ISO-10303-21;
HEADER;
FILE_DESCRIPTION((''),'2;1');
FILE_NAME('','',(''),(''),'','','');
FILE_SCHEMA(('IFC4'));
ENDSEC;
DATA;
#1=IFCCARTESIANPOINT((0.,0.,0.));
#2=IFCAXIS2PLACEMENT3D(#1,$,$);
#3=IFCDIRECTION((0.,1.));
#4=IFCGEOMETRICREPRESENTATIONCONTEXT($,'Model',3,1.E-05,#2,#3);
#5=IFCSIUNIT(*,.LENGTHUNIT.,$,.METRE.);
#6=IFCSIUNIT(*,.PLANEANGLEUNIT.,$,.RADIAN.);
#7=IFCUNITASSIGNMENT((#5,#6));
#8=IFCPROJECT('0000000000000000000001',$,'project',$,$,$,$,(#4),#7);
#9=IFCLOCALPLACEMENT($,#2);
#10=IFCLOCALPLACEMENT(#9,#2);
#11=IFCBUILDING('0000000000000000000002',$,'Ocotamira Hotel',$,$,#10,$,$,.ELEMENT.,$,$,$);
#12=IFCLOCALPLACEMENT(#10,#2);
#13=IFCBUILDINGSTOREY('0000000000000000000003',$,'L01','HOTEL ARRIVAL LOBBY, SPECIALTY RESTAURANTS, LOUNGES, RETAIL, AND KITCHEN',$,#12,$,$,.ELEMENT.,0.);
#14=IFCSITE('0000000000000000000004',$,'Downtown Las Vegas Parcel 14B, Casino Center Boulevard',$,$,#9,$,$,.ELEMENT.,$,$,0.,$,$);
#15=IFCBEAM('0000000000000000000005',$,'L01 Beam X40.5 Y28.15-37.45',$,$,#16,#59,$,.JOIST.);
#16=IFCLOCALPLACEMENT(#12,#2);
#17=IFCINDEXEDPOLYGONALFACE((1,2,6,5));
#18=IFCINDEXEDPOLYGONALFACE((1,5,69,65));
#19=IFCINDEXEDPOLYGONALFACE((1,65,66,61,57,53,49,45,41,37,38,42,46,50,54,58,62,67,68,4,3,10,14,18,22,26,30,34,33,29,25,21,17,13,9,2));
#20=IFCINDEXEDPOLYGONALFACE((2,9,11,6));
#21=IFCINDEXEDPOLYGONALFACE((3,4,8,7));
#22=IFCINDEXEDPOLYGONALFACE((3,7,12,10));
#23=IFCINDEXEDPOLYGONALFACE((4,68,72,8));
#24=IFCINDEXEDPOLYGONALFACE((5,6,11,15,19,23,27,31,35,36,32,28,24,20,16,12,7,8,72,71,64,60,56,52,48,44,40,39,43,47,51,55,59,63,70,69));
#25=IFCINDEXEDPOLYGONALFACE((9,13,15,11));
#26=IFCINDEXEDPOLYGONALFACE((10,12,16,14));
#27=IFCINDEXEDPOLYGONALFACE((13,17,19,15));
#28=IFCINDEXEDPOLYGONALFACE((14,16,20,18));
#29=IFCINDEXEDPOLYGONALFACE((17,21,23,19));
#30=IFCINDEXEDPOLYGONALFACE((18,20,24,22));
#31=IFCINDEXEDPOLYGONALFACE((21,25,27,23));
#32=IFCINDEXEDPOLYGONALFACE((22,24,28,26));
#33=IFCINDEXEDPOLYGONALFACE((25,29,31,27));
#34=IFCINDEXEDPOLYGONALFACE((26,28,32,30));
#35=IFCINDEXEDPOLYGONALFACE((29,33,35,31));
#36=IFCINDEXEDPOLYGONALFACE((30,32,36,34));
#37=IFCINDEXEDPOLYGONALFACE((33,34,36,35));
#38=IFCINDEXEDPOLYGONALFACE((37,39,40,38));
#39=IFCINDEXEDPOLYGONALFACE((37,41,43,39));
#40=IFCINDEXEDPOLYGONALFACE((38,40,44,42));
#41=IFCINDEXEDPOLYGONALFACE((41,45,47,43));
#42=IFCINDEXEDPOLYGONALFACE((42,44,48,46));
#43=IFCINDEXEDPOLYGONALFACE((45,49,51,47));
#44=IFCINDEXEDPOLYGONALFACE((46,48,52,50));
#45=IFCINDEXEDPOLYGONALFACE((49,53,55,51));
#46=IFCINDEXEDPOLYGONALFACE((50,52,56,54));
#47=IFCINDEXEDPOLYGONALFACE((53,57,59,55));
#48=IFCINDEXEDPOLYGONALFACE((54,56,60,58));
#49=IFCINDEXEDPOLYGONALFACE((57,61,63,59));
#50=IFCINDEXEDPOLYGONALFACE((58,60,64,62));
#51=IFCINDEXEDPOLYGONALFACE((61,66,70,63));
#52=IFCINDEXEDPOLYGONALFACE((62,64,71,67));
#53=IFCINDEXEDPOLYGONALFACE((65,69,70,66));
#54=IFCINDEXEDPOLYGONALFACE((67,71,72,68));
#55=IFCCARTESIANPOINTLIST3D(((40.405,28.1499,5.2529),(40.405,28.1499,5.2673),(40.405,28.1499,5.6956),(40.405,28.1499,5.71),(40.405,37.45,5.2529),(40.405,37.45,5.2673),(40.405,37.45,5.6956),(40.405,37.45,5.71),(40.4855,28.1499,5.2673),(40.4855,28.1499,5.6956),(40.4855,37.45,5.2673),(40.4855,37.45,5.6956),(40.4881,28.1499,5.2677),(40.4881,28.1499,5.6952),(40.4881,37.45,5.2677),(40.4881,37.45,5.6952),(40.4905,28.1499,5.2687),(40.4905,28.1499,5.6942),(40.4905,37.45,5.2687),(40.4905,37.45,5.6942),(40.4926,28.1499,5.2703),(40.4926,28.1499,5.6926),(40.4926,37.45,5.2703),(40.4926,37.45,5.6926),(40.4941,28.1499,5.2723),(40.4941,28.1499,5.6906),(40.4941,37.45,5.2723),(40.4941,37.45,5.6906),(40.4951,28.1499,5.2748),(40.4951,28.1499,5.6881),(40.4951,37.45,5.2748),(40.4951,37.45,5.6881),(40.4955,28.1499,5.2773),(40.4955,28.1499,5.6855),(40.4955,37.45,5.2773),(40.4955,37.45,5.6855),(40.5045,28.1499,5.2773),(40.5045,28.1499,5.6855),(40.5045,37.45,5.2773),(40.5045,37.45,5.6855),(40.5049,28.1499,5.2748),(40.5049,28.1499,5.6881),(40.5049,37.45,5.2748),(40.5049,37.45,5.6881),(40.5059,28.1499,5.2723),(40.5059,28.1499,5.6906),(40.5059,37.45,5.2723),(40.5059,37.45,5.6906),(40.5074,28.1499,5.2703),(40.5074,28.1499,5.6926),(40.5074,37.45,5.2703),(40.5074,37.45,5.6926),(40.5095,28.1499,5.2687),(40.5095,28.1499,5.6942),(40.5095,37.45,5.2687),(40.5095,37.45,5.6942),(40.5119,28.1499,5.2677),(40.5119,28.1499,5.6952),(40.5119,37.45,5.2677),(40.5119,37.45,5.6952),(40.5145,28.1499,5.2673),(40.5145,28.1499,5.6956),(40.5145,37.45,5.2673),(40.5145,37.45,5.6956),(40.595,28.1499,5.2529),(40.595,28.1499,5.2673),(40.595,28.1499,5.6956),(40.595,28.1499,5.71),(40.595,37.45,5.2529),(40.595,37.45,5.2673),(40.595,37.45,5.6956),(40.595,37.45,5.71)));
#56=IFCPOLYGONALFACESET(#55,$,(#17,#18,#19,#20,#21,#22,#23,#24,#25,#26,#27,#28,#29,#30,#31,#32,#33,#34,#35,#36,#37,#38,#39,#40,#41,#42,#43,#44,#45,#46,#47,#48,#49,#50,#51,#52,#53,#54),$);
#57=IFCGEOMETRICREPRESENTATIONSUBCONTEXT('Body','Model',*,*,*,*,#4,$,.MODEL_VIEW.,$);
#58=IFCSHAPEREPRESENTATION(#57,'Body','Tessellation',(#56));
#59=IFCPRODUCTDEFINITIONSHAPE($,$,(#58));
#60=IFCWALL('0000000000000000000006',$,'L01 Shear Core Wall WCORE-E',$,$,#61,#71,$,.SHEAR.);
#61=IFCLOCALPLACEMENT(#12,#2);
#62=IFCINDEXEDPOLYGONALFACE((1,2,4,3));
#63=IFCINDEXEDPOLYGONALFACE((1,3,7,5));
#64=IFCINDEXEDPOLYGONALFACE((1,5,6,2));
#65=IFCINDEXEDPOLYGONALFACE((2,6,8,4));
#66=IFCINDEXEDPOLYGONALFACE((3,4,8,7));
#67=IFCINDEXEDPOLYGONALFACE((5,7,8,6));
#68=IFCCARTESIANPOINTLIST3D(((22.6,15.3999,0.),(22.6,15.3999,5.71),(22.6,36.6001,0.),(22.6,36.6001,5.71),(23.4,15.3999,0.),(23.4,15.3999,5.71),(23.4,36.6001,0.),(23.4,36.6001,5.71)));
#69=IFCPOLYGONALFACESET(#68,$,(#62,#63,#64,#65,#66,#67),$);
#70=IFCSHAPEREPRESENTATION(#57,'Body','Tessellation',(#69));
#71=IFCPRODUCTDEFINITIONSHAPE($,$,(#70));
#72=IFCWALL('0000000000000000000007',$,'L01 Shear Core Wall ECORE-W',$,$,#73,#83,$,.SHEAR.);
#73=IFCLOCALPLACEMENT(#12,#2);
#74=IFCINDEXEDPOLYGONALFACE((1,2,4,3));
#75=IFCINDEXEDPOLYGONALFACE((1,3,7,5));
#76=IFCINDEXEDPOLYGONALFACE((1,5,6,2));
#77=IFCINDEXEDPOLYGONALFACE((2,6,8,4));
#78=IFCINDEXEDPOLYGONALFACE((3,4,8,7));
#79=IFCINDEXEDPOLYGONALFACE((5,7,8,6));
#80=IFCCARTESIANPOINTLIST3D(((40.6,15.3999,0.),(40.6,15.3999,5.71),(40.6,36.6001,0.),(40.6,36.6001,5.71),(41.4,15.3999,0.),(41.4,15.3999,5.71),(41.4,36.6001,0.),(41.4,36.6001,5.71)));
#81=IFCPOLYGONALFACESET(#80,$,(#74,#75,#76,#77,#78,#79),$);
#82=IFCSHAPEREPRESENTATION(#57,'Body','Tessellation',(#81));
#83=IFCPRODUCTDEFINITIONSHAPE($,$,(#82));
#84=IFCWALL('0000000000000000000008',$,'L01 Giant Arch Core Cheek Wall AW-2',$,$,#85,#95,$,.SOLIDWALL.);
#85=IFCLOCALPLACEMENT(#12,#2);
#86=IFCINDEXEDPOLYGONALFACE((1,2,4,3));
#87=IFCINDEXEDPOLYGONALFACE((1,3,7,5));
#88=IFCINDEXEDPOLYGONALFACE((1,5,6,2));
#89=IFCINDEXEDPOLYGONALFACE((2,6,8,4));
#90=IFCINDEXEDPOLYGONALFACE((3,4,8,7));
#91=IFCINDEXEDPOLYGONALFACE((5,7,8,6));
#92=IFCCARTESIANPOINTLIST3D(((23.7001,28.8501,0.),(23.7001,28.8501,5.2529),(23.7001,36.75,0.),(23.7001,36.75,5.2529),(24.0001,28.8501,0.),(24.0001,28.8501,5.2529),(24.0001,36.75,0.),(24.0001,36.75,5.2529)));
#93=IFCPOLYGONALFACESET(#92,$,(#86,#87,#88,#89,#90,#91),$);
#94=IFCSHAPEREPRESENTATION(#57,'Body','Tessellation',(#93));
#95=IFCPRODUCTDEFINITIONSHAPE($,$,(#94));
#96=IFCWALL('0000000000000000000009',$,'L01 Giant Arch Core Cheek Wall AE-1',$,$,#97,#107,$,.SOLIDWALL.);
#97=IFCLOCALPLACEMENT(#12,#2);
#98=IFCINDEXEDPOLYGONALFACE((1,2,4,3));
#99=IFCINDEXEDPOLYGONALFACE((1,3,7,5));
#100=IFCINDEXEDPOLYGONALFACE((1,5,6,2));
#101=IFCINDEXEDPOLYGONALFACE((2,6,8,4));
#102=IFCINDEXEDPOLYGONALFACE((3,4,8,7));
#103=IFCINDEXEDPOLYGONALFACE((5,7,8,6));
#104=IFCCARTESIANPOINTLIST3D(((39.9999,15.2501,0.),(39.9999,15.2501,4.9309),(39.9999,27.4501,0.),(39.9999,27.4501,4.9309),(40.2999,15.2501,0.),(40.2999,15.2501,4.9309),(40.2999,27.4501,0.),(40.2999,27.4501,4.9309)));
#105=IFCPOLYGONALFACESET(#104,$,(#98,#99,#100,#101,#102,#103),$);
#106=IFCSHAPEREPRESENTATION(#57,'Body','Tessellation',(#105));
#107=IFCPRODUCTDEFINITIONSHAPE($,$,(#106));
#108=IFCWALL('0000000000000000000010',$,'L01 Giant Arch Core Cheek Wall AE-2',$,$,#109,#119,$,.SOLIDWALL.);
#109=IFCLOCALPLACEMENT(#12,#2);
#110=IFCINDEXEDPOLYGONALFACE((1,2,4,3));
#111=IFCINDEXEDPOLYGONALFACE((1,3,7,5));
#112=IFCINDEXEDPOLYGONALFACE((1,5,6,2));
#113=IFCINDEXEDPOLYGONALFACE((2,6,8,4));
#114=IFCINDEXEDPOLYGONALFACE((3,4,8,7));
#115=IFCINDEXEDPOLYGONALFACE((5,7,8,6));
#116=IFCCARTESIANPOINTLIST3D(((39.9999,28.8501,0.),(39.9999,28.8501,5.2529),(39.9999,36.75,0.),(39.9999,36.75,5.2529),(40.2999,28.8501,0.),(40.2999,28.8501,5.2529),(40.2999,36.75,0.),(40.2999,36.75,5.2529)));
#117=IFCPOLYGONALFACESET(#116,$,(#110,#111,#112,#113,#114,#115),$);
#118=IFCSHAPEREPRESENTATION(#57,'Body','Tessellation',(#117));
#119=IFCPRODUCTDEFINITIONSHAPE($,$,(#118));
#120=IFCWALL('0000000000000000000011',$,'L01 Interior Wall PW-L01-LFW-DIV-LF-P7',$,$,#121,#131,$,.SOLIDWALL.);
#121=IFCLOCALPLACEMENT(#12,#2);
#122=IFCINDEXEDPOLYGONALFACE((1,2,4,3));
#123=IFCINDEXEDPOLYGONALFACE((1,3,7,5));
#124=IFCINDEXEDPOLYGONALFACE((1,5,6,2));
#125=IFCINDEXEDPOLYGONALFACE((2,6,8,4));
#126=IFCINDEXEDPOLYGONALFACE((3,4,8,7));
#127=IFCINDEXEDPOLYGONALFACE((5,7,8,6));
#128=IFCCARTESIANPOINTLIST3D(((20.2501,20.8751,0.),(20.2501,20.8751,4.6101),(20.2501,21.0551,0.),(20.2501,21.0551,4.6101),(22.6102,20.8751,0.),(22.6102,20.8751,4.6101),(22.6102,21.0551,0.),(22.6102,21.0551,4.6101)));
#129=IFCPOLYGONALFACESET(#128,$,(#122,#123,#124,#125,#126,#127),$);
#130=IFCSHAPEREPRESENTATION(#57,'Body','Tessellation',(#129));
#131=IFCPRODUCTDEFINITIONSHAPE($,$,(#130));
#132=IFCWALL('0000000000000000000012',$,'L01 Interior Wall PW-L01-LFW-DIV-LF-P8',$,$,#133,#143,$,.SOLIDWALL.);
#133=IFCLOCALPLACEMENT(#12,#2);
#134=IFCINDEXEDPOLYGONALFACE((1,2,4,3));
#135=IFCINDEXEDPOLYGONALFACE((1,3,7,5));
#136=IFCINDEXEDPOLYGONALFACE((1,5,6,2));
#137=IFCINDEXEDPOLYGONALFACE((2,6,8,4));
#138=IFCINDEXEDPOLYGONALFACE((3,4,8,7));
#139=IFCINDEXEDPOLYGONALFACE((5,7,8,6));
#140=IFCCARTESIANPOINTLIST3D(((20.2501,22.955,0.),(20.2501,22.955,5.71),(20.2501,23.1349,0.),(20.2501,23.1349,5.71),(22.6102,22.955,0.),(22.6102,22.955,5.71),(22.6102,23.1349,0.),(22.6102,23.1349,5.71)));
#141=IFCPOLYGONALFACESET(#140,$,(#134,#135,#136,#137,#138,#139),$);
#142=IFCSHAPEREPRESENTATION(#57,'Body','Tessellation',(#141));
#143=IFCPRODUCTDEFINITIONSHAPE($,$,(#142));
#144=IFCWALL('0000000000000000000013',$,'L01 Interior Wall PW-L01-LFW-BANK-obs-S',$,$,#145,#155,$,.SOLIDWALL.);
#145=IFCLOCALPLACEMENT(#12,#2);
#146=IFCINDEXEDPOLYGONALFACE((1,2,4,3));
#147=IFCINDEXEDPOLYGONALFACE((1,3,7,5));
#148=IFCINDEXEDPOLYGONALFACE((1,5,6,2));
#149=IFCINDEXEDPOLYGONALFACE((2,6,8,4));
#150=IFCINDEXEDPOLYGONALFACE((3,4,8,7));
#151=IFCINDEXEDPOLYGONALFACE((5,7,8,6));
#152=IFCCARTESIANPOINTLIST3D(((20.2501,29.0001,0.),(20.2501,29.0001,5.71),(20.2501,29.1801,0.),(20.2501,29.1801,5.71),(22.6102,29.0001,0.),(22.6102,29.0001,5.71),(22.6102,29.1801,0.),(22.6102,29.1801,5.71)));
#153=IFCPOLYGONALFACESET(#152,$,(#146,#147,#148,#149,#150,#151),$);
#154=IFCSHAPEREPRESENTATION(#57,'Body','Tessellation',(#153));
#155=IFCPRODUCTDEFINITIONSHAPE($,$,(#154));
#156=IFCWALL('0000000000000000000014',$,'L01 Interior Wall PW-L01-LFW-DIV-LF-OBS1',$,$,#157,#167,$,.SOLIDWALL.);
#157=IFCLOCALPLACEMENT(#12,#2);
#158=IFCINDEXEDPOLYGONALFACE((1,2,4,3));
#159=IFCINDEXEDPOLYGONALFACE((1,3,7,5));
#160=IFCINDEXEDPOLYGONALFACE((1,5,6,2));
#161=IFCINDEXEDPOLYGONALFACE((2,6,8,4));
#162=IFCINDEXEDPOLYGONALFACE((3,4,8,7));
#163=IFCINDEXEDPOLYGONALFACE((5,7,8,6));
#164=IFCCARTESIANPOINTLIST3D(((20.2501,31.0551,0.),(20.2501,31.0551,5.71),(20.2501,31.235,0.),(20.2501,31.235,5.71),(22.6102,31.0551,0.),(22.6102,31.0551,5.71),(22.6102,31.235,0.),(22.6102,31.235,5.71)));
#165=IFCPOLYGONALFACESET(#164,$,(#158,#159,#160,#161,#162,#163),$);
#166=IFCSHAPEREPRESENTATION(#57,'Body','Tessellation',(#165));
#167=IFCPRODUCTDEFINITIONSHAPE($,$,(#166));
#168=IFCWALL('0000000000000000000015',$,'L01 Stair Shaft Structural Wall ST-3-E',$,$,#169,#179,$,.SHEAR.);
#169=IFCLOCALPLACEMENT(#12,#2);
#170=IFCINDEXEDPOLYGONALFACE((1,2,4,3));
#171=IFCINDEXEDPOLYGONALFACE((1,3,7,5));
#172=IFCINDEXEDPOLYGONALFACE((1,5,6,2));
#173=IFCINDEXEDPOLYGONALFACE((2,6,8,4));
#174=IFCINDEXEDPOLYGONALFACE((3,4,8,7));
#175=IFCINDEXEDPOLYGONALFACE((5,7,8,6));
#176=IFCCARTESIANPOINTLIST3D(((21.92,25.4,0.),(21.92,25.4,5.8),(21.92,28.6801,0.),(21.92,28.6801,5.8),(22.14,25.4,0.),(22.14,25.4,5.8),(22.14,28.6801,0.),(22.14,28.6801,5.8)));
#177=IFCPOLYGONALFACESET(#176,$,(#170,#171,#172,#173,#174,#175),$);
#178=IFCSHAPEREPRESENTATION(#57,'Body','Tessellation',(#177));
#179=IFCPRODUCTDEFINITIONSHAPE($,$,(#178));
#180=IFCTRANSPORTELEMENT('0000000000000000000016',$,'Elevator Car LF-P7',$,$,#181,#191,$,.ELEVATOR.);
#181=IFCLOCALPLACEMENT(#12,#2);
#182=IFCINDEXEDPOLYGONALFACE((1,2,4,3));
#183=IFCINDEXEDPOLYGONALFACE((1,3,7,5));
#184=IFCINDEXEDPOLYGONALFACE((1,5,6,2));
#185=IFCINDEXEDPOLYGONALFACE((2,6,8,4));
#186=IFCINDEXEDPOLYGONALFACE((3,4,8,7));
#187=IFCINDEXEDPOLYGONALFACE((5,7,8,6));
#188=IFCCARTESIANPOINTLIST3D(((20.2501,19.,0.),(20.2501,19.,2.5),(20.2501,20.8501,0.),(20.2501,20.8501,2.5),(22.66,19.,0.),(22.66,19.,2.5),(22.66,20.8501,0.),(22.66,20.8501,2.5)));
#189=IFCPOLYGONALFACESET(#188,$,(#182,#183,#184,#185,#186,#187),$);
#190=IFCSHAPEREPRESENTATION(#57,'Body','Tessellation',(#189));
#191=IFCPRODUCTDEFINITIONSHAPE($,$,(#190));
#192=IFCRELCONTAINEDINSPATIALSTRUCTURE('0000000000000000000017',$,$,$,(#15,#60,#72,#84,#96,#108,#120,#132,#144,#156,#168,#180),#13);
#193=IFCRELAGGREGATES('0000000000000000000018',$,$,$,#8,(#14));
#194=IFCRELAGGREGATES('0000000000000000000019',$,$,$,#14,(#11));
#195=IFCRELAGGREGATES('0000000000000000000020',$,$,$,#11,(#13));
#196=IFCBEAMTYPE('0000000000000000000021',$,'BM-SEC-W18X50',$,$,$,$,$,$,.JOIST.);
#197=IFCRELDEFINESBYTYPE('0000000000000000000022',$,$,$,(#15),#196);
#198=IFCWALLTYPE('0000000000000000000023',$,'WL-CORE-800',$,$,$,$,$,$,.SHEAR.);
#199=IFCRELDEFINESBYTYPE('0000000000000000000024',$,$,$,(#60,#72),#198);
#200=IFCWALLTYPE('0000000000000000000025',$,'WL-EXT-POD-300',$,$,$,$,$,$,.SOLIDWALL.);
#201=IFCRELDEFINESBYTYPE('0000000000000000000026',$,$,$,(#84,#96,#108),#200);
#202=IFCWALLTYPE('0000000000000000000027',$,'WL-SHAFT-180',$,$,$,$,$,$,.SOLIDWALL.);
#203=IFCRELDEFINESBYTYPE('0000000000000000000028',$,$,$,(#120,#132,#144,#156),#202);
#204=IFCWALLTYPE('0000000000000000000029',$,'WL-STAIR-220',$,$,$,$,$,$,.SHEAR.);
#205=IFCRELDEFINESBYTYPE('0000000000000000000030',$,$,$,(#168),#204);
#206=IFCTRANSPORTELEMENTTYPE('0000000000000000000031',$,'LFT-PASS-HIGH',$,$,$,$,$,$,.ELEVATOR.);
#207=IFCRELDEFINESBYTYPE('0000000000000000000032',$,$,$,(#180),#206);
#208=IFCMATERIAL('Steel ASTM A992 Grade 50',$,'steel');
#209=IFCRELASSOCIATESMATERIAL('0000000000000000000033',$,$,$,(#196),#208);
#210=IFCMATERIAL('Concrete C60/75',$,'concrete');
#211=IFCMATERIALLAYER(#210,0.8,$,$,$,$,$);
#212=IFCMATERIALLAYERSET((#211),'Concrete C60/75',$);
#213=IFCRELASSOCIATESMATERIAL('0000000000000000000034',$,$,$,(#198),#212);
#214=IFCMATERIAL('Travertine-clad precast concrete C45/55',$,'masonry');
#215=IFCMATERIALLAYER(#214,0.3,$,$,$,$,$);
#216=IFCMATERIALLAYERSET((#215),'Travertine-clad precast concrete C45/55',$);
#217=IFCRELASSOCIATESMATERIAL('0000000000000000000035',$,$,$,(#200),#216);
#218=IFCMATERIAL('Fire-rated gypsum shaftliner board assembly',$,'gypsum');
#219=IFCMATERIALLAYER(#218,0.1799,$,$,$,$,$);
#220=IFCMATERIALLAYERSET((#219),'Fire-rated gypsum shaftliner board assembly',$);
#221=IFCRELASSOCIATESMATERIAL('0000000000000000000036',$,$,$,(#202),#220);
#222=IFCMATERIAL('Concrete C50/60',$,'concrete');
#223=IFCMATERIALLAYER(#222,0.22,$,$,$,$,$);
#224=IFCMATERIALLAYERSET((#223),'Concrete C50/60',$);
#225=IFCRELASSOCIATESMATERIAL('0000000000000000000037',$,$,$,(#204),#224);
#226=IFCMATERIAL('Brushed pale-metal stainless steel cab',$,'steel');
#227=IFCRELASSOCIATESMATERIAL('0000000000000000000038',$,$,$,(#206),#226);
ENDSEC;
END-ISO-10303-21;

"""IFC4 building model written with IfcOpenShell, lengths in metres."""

from ifc_helpers import new_model, si_unit, direction, frame, frame_2d, origin, origin_2d, place, context, subcontext, project, spatial, rectangle, i_section, extrude, source, transform, mapped, material, layer, layer_set, material_profile, profile_set, type_object, element, save


model = new_model("IFC4")

# Units and contexts
model_context = context("Model", 3, precision=1e-05, world=origin(), true_north=direction((0.0, 1.0)))
body_context = subcontext(model_context, "Body", "Model", "MODEL_VIEW")
ifc_project = project(units=[si_unit("LENGTHUNIT", "METRE"), si_unit("PLANEANGLEUNIT", "RADIAN")], contexts=[model_context])

# Site, building, storey
site_placement = place(None, origin())
site = spatial("IfcSite", under=ifc_project, at=site_placement, Name="Downtown Las Vegas Parcel 14B, Casino Center Boulevard", CompositionType="ELEMENT", RefElevation=0.0)
building_placement = place(site_placement, origin())
building = spatial("IfcBuilding", under=site, at=building_placement, Name="Ocotamira Hotel", CompositionType="ELEMENT")
storey_placement = place(building_placement, origin())
storey = spatial("IfcBuildingStorey", under=building, at=storey_placement, Name="L01", Description="HOTEL ARRIVAL LOBBY, SPECIALTY RESTAURANTS, LOUNGES, RETAIL, AND KITCHEN", CompositionType="ELEMENT", Elevation=0.0)

# Shared definitions
ifc_material_1 = material(Name="Concrete C60/75", Category="concrete")

# Beam
ifc_material_2 = material(Name="Steel ASTM A992 Grade 50", Category="steel")
ifc_material_profile_1 = material_profile(ifc_material_2, i_section(OverallWidth=0.1899, OverallDepth=0.457, WebThickness=0.009, FlangeThickness=0.0144, FilletRadius=0.01, at=origin_2d()), Name="W18X50")
ifc_profile_set_1 = profile_set([ifc_material_profile_1], Name="Steel ASTM A992 Grade 50")
beam_type_1 = type_object("IfcBeamType", Name="BM-SEC-W18X50", PredefinedType="JOIST", material=ifc_profile_set_1)
shared_shape_1 = source(origin(), body_context, "Body", "SweptSolid", [
    extrude(i_section(OverallWidth=0.1899, OverallDepth=0.457, WebThickness=0.009, FlangeThickness=0.0144, FilletRadius=0.01, at=origin_2d()), origin(), (0.0, 0.0, 1.0), 9.3),
])
for number, where, z_axis, x_axis, name in (
    (1, (40.5, 28.1499, 5.4814), (0.0, 1.0, 0.0), (-1.0, 0.0, 0.0), "L01 Beam X40.5 Y28.15-37.45"),
):
    element("IfcBeam", number, at=place(storey_placement, frame(where, z_axis=z_axis, x_axis=x_axis)), inside=storey, type_object=beam_type_1, Name=name, PredefinedType="JOIST", context=body_context, shape_type="MappedRepresentation", body=[
        mapped(shared_shape_1, transform((0.0, 0.0, 0.0), scale=1.0)),
    ])

# Walls
ifc_layer_1 = layer(ifc_material_1, 0.8)
ifc_layer_set_1 = layer_set([ifc_layer_1], Name="Concrete C60/75")
wall_type_1 = type_object("IfcWallType", Name="WL-CORE-800", PredefinedType="SHEAR", material=ifc_layer_set_1)
for number, where, z_axis, x_axis, name in (
    (2, (23.0, 15.3999, 0.0), (0.0, 0.0, 1.0), (0.0, 1.0, 0.0), "L01 Shear Core Wall WCORE-E"),
    (3, (41.0, 15.3999, 0.0), (0.0, 0.0, 1.0), (0.0, 1.0, 0.0), "L01 Shear Core Wall ECORE-W"),
):
    element("IfcWall", number, at=place(storey_placement, frame(where, z_axis=z_axis, x_axis=x_axis)), inside=storey, type_object=wall_type_1, Name=name, PredefinedType="SHEAR", context=body_context, shape_type="SweptSolid", body=[
        extrude(rectangle(XDim=21.2002, YDim=0.8, at=frame_2d((10.6001, 0.0))), origin(), (0.0, 0.0, 1.0), 5.71),
    ])
ifc_material_3 = material(Name="Travertine-clad precast concrete C45/55", Category="masonry")
ifc_layer_2 = layer(ifc_material_3, 0.3)
ifc_layer_set_2 = layer_set([ifc_layer_2], Name="Travertine-clad precast concrete C45/55")
wall_type_2 = type_object("IfcWallType", Name="WL-EXT-POD-300", PredefinedType="SOLIDWALL", material=ifc_layer_set_2)
wall_1_placement = place(storey_placement, frame((23.8501, 28.8501, 0.0), z_axis=(0.0, 0.0, 1.0), x_axis=(0.0, 1.0, 0.0)))
element("IfcWall", 4, at=wall_1_placement, inside=storey, type_object=wall_type_2, Name="L01 Giant Arch Core Cheek Wall AW-2", PredefinedType="SOLIDWALL", context=body_context, shape_type="SweptSolid", body=[
    extrude(rectangle(XDim=7.8999, YDim=0.3, at=frame_2d((3.95, 0.0))), origin(), (0.0, 0.0, 1.0), 5.2529),
])
wall_2_placement = place(storey_placement, frame((40.1499, 15.25, 0.0), z_axis=(0.0, 0.0, 1.0), x_axis=(0.0, 1.0, 0.0)))
element("IfcWall", 5, at=wall_2_placement, inside=storey, type_object=wall_type_2, Name="L01 Giant Arch Core Cheek Wall AE-1", PredefinedType="SOLIDWALL", context=body_context, shape_type="SweptSolid", body=[
    extrude(rectangle(XDim=12.2, YDim=0.3, at=frame_2d((6.1001, 0.0))), origin(), (0.0, 0.0, 1.0), 4.9309),
])
wall_3_placement = place(storey_placement, frame((40.1499, 28.8501, 0.0), z_axis=(0.0, 0.0, 1.0), x_axis=(0.0, 1.0, 0.0)))
element("IfcWall", 6, at=wall_3_placement, inside=storey, type_object=wall_type_2, Name="L01 Giant Arch Core Cheek Wall AE-2", PredefinedType="SOLIDWALL", context=body_context, shape_type="SweptSolid", body=[
    extrude(rectangle(XDim=7.8999, YDim=0.3, at=frame_2d((3.95, 0.0))), origin(), (0.0, 0.0, 1.0), 5.2529),
])
ifc_material_4 = material(Name="Fire-rated gypsum shaftliner board assembly", Category="gypsum")
ifc_layer_3 = layer(ifc_material_4, 0.1799)
ifc_layer_set_3 = layer_set([ifc_layer_3], Name="Fire-rated gypsum shaftliner board assembly")
wall_type_3 = type_object("IfcWallType", Name="WL-SHAFT-180", PredefinedType="SOLIDWALL", material=ifc_layer_set_3)
wall_4_placement = place(storey_placement, frame((20.25, 20.9651, 0.0), z_axis=(0.0, 0.0, 1.0), x_axis=(1.0, 0.0, 0.0)))
element("IfcWall", 7, at=wall_4_placement, inside=storey, type_object=wall_type_3, Name="L01 Interior Wall PW-L01-LFW-DIV-LF-P7", PredefinedType="SOLIDWALL", context=body_context, shape_type="SweptSolid", body=[
    extrude(rectangle(XDim=2.3601, YDim=0.1799, at=frame_2d((1.1802, 0.0))), origin(), (0.0, 0.0, 1.0), 4.6101),
])
for number, where, z_axis, x_axis, name in (
    (8, (20.25, 23.0449, 0.0), (0.0, 0.0, 1.0), (1.0, 0.0, 0.0), "L01 Interior Wall PW-L01-LFW-DIV-LF-P8"),
    (9, (20.25, 29.0901, 0.0), (0.0, 0.0, 1.0), (1.0, 0.0, 0.0), "L01 Interior Wall PW-L01-LFW-BANK-obs-S"),
    (10, (20.25, 31.145, 0.0), (0.0, 0.0, 1.0), (1.0, 0.0, 0.0), "L01 Interior Wall PW-L01-LFW-DIV-LF-OBS1"),
):
    element("IfcWall", number, at=place(storey_placement, frame(where, z_axis=z_axis, x_axis=x_axis)), inside=storey, type_object=wall_type_3, Name=name, PredefinedType="SOLIDWALL", context=body_context, shape_type="SweptSolid", body=[
        extrude(rectangle(XDim=2.3601, YDim=0.1799, at=frame_2d((1.1802, 0.0))), origin(), (0.0, 0.0, 1.0), 5.71),
    ])
ifc_material_5 = material(Name="Concrete C50/60", Category="concrete")
ifc_layer_4 = layer(ifc_material_5, 0.22)
ifc_layer_set_4 = layer_set([ifc_layer_4], Name="Concrete C50/60")
wall_type_4 = type_object("IfcWallType", Name="WL-STAIR-220", PredefinedType="SHEAR", material=ifc_layer_set_4)
wall_5_placement = place(storey_placement, frame((22.03, 25.3999, 0.0), z_axis=(0.0, 0.0, 1.0), x_axis=(0.0, 1.0, 0.0)))
element("IfcWall", 11, at=wall_5_placement, inside=storey, type_object=wall_type_4, Name="L01 Stair Shaft Structural Wall ST-3-E", PredefinedType="SHEAR", context=body_context, shape_type="SweptSolid", body=[
    extrude(rectangle(XDim=3.28, YDim=0.22, at=frame_2d((1.6401, 0.0))), origin(), (0.0, 0.0, 1.0), 5.8),
])

# Transport element
ifc_material_6 = material(Name="Brushed pale-metal stainless steel cab", Category="steel")
transport_element_type_1 = type_object("IfcTransportElementType", Name="LFT-PASS-HIGH", PredefinedType="ELEVATOR", material=ifc_material_6)
shared_shape_2 = source(origin(), body_context, "Body", "SweptSolid", [
    extrude(rectangle(XDim=2.4099, YDim=1.8501, at=origin_2d()), origin(), (0.0, 0.0, 1.0), 2.5),
])
for number, where, z_axis, x_axis, name in (
    (12, (21.4551, 19.925, 0.0), (0.0, 0.0, 1.0), (1.0, 0.0, 0.0), "Elevator Car LF-P7"),
):
    element("IfcTransportElement", number, at=place(storey_placement, frame(where, z_axis=z_axis, x_axis=x_axis)), inside=storey, type_object=transport_element_type_1, Name=name, PredefinedType="ELEVATOR", context=body_context, shape_type="MappedRepresentation", body=[
        mapped(shared_shape_2, transform((0.0, 0.0, 0.0), scale=1.0)),
    ])

save(model, "model.ifc")
